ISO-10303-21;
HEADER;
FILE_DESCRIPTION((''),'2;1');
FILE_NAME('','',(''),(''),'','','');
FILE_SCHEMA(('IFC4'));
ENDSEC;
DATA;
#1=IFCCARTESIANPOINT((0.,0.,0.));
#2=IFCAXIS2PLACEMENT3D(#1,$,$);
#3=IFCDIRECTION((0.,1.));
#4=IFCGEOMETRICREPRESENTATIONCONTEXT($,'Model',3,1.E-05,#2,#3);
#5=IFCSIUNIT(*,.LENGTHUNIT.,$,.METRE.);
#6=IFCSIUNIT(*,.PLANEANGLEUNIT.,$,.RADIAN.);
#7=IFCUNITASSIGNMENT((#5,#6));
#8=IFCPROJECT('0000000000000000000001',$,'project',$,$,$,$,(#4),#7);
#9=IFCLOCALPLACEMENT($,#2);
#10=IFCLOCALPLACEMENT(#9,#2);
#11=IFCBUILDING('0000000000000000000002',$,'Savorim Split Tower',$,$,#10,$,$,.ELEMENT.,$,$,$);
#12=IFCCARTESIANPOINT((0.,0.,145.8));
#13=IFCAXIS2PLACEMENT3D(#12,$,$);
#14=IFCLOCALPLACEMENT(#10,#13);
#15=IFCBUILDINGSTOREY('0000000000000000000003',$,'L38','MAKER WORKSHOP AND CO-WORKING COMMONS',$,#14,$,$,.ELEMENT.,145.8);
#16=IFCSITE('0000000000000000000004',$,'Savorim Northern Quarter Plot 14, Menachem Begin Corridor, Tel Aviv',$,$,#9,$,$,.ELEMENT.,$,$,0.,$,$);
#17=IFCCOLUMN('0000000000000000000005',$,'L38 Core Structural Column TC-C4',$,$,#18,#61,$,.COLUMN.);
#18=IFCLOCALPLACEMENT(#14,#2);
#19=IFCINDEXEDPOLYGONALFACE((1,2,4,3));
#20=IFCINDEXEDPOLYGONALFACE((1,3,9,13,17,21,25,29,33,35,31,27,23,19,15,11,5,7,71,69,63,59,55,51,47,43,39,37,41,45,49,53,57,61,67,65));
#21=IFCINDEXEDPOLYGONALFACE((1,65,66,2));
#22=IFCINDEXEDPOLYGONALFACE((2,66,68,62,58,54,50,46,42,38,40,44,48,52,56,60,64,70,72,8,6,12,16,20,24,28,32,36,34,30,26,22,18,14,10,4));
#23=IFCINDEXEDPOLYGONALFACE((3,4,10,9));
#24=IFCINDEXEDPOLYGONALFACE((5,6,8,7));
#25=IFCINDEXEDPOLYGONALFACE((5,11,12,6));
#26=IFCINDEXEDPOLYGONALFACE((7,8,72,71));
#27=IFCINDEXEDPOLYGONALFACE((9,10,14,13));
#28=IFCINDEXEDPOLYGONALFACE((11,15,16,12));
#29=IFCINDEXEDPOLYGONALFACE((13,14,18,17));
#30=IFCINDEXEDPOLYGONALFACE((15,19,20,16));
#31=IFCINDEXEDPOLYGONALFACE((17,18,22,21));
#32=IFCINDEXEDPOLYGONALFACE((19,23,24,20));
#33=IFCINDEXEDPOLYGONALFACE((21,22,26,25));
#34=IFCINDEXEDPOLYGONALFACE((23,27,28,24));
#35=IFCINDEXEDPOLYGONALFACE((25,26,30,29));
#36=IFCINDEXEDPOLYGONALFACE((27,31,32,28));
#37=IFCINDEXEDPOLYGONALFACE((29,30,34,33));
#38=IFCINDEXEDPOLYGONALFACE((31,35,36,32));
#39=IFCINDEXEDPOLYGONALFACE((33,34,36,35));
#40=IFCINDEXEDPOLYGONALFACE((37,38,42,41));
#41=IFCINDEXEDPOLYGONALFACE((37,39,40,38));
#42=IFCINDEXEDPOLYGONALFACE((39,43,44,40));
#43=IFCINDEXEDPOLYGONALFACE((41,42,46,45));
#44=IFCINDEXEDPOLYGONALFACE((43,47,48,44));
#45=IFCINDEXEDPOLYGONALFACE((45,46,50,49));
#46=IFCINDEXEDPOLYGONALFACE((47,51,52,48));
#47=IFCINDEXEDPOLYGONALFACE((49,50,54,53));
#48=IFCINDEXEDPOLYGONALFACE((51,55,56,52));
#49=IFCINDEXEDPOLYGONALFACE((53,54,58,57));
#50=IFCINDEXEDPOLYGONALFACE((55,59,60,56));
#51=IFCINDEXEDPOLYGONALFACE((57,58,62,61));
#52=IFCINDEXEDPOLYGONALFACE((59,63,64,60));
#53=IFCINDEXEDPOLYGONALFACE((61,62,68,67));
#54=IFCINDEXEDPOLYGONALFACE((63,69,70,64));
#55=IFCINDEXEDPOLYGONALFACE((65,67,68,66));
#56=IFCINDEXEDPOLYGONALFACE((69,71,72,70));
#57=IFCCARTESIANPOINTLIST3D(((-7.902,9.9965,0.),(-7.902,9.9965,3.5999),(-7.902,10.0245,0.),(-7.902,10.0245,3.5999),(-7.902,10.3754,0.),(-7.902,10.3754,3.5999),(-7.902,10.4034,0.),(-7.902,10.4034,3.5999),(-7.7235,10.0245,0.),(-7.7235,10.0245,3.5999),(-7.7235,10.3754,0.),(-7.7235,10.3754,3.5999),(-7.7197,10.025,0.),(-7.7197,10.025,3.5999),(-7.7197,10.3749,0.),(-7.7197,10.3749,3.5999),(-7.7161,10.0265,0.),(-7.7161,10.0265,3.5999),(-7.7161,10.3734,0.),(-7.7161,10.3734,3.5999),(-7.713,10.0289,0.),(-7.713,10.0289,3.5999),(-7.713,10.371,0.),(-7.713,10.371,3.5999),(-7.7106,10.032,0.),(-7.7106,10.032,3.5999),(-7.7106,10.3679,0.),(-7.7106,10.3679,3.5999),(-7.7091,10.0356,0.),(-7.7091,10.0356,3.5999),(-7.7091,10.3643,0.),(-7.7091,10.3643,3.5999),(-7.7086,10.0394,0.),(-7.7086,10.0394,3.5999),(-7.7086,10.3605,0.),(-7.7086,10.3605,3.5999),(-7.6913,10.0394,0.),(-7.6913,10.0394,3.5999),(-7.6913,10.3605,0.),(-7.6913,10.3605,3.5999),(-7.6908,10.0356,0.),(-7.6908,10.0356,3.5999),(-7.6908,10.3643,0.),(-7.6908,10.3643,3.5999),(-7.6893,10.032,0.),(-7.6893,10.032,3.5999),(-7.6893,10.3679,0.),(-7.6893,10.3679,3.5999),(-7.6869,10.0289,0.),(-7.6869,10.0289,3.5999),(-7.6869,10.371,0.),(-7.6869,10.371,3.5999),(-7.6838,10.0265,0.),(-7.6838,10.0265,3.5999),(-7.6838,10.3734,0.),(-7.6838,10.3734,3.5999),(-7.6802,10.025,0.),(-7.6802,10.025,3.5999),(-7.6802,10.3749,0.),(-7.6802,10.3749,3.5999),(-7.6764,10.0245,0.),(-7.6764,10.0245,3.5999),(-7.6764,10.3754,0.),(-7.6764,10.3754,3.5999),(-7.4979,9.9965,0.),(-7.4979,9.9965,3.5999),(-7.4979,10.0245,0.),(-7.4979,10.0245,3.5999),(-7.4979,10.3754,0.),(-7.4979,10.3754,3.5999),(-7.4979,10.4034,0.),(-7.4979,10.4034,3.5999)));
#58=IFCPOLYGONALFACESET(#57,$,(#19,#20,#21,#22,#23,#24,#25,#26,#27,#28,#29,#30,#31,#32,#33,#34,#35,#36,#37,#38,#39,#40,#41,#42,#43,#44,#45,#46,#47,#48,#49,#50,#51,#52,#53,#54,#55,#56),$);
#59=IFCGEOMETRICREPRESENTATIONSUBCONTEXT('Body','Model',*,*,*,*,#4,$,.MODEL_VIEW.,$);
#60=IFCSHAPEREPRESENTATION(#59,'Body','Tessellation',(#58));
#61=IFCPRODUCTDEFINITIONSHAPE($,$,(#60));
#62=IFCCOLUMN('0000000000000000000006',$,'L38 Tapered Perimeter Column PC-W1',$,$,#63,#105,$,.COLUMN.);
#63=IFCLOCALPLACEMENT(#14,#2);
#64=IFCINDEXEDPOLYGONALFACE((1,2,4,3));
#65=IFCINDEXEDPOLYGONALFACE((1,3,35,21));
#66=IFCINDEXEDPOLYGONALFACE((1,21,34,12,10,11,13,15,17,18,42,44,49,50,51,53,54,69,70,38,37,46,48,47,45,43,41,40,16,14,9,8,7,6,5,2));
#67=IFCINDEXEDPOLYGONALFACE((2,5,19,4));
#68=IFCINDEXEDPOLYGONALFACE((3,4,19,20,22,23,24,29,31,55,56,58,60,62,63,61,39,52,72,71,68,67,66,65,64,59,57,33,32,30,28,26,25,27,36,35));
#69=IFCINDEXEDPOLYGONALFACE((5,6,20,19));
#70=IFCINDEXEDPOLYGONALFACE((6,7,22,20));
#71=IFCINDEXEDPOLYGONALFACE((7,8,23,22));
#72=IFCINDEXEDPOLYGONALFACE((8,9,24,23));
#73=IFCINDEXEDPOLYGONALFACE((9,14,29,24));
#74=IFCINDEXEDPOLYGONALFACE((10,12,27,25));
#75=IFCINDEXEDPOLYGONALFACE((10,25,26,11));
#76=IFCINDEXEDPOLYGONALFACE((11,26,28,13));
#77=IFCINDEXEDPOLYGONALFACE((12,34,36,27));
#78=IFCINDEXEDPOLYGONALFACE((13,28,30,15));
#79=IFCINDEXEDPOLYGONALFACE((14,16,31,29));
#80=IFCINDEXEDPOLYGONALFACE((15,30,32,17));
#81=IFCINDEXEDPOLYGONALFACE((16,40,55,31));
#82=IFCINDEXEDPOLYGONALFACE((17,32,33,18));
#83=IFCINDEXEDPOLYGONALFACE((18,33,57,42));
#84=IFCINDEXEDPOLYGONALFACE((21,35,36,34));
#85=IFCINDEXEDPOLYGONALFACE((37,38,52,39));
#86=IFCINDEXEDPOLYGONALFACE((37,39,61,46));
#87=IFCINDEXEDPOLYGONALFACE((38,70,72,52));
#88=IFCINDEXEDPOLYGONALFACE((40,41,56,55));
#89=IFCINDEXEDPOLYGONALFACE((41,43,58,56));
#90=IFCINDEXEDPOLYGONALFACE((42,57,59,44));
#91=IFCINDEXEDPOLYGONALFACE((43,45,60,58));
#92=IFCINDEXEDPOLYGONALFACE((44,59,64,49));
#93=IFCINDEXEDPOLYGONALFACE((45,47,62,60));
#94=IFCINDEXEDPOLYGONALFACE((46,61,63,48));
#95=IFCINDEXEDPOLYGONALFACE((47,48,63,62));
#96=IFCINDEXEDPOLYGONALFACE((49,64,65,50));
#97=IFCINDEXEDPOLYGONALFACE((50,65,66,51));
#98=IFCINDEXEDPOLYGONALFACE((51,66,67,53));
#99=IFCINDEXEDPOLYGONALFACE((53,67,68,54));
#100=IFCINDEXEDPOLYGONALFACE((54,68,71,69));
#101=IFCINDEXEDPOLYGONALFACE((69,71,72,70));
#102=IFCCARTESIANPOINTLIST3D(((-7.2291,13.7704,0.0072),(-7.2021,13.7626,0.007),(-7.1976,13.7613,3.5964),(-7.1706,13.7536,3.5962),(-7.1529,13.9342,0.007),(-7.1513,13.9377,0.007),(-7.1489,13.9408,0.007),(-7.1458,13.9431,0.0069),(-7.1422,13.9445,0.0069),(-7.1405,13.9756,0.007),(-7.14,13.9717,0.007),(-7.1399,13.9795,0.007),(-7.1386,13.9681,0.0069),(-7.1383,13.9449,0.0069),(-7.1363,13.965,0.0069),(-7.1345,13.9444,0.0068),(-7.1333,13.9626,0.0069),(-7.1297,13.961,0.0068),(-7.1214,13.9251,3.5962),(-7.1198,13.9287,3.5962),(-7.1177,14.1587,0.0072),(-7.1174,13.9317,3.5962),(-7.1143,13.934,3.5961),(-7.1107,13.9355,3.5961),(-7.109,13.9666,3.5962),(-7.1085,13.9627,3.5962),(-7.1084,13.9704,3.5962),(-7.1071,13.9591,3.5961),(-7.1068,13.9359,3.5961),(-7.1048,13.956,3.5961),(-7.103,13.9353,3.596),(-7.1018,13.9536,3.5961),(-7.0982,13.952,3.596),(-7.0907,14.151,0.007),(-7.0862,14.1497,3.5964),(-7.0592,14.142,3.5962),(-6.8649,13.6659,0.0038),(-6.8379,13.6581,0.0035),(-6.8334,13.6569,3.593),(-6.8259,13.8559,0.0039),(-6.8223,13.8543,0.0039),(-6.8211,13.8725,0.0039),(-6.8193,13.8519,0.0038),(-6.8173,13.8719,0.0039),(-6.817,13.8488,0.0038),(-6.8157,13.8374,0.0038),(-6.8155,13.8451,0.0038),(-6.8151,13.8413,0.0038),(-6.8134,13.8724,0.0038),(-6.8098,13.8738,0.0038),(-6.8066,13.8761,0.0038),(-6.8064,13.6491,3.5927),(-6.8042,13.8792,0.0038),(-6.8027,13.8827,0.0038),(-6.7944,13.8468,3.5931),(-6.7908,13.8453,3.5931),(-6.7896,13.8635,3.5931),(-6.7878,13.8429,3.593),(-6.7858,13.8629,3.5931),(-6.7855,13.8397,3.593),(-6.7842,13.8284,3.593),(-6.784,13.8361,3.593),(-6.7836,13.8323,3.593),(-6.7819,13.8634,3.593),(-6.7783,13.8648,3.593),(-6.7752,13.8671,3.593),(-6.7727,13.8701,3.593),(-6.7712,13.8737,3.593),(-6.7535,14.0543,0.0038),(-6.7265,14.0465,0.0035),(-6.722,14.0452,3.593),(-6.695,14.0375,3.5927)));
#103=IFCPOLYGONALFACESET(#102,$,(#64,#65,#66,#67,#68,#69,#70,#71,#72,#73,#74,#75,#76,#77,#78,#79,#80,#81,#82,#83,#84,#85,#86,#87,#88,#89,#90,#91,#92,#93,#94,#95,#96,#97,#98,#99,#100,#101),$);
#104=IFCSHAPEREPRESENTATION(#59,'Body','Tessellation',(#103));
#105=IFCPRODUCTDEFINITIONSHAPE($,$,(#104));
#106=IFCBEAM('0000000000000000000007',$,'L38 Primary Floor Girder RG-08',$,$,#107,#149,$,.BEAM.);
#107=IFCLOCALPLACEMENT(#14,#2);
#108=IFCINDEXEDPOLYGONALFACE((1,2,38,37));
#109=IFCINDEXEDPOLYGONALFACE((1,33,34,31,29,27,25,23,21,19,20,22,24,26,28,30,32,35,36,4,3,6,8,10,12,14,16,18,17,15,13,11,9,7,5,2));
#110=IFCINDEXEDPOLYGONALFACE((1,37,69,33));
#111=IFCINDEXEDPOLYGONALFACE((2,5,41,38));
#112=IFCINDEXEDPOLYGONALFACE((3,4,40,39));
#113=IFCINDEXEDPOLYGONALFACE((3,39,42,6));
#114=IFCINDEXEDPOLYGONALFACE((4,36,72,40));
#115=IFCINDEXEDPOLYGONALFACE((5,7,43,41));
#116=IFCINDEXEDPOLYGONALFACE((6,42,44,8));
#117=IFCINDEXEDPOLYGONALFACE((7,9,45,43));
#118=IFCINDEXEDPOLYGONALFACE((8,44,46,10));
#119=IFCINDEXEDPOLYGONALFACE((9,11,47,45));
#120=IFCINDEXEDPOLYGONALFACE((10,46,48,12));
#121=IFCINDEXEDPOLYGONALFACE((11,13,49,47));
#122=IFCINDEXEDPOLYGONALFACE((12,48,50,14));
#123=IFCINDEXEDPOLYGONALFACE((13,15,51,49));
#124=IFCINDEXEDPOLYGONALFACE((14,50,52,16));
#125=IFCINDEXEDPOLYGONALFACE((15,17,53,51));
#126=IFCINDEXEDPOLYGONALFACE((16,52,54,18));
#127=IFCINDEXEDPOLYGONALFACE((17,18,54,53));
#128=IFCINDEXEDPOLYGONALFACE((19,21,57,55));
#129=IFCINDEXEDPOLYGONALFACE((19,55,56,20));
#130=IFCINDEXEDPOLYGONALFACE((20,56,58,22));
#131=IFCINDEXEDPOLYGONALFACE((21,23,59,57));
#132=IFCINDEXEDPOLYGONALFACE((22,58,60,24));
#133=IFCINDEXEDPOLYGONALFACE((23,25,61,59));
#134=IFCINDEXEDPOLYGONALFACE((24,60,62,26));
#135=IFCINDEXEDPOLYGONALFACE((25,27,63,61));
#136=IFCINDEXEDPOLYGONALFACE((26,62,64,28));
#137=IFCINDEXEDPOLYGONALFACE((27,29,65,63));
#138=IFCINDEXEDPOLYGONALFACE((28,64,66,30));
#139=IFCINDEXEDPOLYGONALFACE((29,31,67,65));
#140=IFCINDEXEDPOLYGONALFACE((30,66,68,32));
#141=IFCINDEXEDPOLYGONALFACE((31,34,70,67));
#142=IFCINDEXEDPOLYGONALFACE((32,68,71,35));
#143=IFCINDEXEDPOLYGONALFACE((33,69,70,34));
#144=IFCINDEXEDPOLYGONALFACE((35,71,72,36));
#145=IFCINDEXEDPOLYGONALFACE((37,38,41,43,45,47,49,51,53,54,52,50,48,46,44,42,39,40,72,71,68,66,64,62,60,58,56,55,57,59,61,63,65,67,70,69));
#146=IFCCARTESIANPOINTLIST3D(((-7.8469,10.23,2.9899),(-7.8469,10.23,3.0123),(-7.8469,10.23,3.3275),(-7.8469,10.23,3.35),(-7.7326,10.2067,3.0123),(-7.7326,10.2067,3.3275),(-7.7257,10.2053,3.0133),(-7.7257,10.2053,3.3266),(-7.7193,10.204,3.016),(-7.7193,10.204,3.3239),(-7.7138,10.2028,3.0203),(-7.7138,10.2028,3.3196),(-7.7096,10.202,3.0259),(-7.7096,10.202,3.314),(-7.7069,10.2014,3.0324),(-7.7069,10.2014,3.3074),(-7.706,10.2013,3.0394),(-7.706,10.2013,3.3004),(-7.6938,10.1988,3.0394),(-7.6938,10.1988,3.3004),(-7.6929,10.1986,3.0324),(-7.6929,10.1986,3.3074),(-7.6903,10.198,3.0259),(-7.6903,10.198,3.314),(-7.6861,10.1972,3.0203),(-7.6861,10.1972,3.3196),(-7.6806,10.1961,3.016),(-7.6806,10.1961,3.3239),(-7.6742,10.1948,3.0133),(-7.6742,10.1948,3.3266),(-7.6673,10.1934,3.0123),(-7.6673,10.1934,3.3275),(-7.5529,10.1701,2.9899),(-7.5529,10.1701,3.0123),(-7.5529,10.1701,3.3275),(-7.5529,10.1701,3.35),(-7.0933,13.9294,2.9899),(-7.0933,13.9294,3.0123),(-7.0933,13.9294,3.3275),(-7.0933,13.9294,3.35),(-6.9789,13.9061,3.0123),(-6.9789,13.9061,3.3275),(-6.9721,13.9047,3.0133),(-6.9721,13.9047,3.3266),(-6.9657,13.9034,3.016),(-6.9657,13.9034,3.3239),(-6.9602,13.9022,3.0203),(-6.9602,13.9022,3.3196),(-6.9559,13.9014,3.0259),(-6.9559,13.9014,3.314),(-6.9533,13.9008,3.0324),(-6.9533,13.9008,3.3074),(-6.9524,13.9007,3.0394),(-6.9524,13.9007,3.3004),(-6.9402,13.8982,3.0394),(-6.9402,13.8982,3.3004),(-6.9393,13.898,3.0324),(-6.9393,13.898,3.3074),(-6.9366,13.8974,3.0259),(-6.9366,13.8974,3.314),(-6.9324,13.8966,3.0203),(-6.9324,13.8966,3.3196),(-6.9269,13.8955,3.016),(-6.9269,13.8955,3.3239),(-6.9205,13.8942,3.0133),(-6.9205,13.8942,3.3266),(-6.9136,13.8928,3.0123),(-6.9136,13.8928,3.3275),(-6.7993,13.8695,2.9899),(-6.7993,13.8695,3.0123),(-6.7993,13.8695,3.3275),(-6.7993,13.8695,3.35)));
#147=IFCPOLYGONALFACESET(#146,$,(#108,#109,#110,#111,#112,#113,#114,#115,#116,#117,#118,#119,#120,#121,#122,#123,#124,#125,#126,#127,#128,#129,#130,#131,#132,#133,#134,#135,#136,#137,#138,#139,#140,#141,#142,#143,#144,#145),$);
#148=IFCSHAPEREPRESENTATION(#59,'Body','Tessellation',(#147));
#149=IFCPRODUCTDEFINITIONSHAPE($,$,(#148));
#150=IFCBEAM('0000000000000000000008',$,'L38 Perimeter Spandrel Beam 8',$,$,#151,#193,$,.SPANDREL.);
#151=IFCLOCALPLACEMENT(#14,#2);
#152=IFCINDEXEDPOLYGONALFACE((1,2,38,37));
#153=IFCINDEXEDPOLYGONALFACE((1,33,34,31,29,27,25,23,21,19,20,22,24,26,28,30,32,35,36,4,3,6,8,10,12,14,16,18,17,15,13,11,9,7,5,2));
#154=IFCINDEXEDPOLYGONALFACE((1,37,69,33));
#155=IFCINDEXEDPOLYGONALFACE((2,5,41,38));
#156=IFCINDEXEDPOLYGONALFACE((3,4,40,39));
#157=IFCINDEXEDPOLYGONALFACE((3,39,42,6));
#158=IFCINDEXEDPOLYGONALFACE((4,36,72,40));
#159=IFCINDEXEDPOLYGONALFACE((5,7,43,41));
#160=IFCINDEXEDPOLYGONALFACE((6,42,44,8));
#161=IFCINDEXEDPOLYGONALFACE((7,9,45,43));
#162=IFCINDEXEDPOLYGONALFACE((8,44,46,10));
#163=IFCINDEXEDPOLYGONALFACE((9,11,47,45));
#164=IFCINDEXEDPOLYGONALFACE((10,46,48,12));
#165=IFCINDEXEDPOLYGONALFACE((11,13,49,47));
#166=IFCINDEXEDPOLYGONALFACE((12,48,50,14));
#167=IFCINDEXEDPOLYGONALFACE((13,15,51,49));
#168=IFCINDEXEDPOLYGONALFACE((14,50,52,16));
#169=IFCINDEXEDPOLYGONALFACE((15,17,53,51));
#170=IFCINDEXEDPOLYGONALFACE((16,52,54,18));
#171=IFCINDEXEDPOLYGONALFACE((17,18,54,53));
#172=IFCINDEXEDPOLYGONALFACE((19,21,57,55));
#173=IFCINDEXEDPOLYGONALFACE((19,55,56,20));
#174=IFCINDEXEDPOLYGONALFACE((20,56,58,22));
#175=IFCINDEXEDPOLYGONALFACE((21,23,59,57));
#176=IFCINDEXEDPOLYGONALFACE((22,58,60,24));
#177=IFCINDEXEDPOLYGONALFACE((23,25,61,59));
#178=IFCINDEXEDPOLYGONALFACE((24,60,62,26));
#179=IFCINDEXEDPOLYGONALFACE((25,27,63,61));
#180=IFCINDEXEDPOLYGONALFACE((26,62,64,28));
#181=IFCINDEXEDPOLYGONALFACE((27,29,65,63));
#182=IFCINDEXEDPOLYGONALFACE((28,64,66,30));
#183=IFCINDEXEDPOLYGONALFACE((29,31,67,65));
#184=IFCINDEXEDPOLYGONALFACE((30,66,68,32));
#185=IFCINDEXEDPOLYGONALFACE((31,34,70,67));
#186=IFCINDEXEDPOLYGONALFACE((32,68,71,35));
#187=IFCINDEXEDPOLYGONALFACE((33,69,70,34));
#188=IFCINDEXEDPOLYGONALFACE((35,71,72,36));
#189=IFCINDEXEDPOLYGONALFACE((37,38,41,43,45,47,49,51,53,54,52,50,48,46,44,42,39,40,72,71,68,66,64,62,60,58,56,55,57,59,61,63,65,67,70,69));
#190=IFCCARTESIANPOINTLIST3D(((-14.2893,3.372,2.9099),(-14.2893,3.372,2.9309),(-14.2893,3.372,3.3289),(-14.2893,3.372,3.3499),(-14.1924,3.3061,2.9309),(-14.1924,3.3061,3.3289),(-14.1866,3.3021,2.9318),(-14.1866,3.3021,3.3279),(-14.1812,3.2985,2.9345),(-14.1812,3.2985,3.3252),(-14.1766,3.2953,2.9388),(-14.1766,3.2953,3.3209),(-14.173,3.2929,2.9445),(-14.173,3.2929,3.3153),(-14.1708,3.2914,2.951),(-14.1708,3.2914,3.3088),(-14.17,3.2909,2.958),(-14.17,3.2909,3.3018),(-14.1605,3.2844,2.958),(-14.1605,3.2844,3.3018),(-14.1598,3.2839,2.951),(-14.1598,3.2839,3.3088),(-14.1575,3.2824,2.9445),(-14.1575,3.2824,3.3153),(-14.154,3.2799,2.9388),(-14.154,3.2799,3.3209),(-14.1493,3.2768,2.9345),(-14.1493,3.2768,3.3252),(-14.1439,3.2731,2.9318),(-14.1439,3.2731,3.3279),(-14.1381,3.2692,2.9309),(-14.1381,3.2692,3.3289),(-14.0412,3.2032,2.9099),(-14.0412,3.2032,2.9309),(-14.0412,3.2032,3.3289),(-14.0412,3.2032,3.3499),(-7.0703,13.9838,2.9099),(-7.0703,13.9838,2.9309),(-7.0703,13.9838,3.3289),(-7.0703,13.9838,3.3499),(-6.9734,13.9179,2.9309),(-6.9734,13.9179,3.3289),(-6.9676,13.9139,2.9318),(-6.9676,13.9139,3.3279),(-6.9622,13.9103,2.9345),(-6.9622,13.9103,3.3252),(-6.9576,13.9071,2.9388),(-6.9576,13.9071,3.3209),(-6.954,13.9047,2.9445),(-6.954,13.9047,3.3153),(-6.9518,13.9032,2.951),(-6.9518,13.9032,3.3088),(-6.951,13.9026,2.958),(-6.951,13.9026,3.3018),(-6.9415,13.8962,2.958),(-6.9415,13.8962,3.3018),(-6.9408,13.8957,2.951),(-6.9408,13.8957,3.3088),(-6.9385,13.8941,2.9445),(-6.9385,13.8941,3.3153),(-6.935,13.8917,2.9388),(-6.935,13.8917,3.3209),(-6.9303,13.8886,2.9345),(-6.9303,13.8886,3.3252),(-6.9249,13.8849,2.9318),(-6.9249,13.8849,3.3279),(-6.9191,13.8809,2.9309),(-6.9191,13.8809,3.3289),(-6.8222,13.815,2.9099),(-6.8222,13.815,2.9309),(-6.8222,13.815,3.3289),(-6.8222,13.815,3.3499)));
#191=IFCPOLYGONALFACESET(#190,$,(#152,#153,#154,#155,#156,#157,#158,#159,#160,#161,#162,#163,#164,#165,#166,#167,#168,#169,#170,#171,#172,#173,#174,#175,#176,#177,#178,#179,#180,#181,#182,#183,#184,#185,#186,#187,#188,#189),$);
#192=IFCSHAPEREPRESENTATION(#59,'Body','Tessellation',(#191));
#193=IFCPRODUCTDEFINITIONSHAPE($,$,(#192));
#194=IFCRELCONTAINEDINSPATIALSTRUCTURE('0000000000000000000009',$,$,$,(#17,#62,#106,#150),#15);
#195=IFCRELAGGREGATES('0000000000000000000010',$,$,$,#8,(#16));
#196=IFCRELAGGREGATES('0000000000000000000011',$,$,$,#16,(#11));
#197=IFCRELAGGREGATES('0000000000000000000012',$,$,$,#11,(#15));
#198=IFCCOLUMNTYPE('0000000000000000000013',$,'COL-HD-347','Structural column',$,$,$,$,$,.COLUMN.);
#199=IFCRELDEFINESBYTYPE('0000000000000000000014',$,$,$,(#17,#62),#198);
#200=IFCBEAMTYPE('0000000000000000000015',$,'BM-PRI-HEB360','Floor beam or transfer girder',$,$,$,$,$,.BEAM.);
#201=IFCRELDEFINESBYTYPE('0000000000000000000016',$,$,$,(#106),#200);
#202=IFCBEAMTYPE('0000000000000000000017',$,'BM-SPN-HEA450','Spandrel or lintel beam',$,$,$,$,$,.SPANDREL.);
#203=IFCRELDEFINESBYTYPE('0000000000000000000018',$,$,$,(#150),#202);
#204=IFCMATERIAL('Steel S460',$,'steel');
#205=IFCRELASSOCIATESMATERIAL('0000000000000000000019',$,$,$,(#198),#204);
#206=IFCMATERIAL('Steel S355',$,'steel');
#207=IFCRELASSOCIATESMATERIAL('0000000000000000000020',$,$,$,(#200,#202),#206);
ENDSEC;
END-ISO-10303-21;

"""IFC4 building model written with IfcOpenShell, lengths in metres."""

from ifc_helpers import new_model, si_unit, direction, frame, origin, origin_2d, place, context, subcontext, project, spatial, i_section, extrude, material, material_profile, profile_set, type_object, element, save


model = new_model("IFC4")

# Units and contexts
model_context = context("Model", 3, precision=1e-05, world=origin(), true_north=direction((0.0, 1.0)))
body_context = subcontext(model_context, "Body", "Model", "MODEL_VIEW")
ifc_project = project(units=[si_unit("LENGTHUNIT", "METRE"), si_unit("PLANEANGLEUNIT", "RADIAN")], contexts=[model_context])

# Site, building, storey
site_placement = place(None, origin())
site = spatial("IfcSite", under=ifc_project, at=site_placement, Name="Savorim Northern Quarter Plot 14, Menachem Begin Corridor, Tel Aviv", CompositionType="ELEMENT", RefElevation=0.0)
building_placement = place(site_placement, origin())
building = spatial("IfcBuilding", under=site, at=building_placement, Name="Savorim Split Tower", CompositionType="ELEMENT")
storey_placement = place(building_placement, frame((0.0, 0.0, 145.8)))
storey = spatial("IfcBuildingStorey", under=building, at=storey_placement, Name="L38", Description="MAKER WORKSHOP AND CO-WORKING COMMONS", CompositionType="ELEMENT", Elevation=145.8)

# Columns
ifc_material_1 = material(Name="Steel S460", Category="steel")
ifc_material_profile_1 = material_profile(ifc_material_1, i_section(OverallWidth=0.4041, OverallDepth=0.407, WebThickness=0.0173, FlangeThickness=0.0281, FilletRadius=0.0149, at=origin_2d()), Name="HD 400x347")
ifc_profile_set_1 = profile_set([ifc_material_profile_1], Name="Steel S460")
column_type = type_object("IfcColumnType", Name="COL-HD-347", Description="Structural column", PredefinedType="COLUMN", material=ifc_profile_set_1)
column_1_placement = place(storey_placement, frame((-7.7, 10.2, 0.0), z_axis=(0.0, 0.0, 1.0), x_axis=(1.0, 0.0, 0.0)))
element("IfcColumn", 1, at=column_1_placement, inside=storey, type_object=column_type, Name="L38 Core Structural Column TC-C4", PredefinedType="COLUMN", context=body_context, shape_type="SweptSolid", body=[
    extrude(i_section(OverallWidth=0.4041, OverallDepth=0.407, WebThickness=0.0173, FlangeThickness=0.0281, FilletRadius=0.0149, at=origin_2d()), origin(), (0.0, 0.0, 1.0), 3.5999),
])
column_2_placement = place(storey_placement, frame((-6.9778, 13.9084, 0.0054), z_axis=(0.008775, -0.002517, 0.999958), x_axis=(0.275705, 0.961242, 0.0)))
element("IfcColumn", 2, at=column_2_placement, inside=storey, type_object=column_type, Name="L38 Tapered Perimeter Column PC-W1", PredefinedType="COLUMN", context=body_context, shape_type="SweptSolid", body=[
    extrude(i_section(OverallWidth=0.4041, OverallDepth=0.407, WebThickness=0.0173, FlangeThickness=0.0281, FilletRadius=0.0149, at=origin_2d()), origin(), (0.0, 0.0, 1.0), 3.5894),
])

# Beams
ifc_material_2 = material(Name="Steel S355", Category="steel")
ifc_material_profile_2 = material_profile(ifc_material_2, i_section(OverallWidth=0.3, OverallDepth=0.3601, WebThickness=0.0125, FlangeThickness=0.0225, FilletRadius=0.0271, at=origin_2d()), Name="HEB 360")
ifc_profile_set_2 = profile_set([ifc_material_profile_2], Name="Steel S355")
beam_type_1 = type_object("IfcBeamType", Name="BM-PRI-HEB360", Description="Floor beam or transfer girder", PredefinedType="BEAM", material=ifc_profile_set_2)
beam_1_placement = place(storey_placement, frame((-6.9463, 13.8994, 3.1699), z_axis=(-0.199622, -0.979873, 0.0), x_axis=(0.979873, -0.199622, 0.0)))
element("IfcBeam", 3, at=beam_1_placement, inside=storey, type_object=beam_type_1, Name="L38 Primary Floor Girder RG-08", PredefinedType="BEAM", context=body_context, shape_type="SweptSolid", body=[
    extrude(i_section(OverallWidth=0.3, OverallDepth=0.3601, WebThickness=0.0125, FlangeThickness=0.0225, FilletRadius=0.0271, at=origin_2d()), origin(), (0.0, 0.0, 1.0), 3.7754),
])
ifc_material_profile_3 = material_profile(ifc_material_2, i_section(OverallWidth=0.3, OverallDepth=0.4399, WebThickness=0.0115, FlangeThickness=0.021, FilletRadius=0.0271, at=origin_2d()), Name="HEA 450")
ifc_profile_set_3 = profile_set([ifc_material_profile_3], Name="Steel S355")
beam_type_2 = type_object("IfcBeamType", Name="BM-SPN-HEA450", Description="Spandrel or lintel beam", PredefinedType="SPANDREL", material=ifc_profile_set_3)
beam_2_placement = place(storey_placement, frame((-6.9463, 13.8994, 3.1299), z_axis=(-0.562468, -0.826819, 0.0), x_axis=(0.826819, -0.562468, 0.0)))
element("IfcBeam", 4, at=beam_2_placement, inside=storey, type_object=beam_type_2, Name="L38 Perimeter Spandrel Beam 8", PredefinedType="SPANDREL", context=body_context, shape_type="SweptSolid", body=[
    extrude(i_section(OverallWidth=0.3, OverallDepth=0.4399, WebThickness=0.0115, FlangeThickness=0.021, FilletRadius=0.0271, at=origin_2d()), origin(), (0.0, 0.0, 1.0), 12.8345),
])

save(model, "model.ifc")
